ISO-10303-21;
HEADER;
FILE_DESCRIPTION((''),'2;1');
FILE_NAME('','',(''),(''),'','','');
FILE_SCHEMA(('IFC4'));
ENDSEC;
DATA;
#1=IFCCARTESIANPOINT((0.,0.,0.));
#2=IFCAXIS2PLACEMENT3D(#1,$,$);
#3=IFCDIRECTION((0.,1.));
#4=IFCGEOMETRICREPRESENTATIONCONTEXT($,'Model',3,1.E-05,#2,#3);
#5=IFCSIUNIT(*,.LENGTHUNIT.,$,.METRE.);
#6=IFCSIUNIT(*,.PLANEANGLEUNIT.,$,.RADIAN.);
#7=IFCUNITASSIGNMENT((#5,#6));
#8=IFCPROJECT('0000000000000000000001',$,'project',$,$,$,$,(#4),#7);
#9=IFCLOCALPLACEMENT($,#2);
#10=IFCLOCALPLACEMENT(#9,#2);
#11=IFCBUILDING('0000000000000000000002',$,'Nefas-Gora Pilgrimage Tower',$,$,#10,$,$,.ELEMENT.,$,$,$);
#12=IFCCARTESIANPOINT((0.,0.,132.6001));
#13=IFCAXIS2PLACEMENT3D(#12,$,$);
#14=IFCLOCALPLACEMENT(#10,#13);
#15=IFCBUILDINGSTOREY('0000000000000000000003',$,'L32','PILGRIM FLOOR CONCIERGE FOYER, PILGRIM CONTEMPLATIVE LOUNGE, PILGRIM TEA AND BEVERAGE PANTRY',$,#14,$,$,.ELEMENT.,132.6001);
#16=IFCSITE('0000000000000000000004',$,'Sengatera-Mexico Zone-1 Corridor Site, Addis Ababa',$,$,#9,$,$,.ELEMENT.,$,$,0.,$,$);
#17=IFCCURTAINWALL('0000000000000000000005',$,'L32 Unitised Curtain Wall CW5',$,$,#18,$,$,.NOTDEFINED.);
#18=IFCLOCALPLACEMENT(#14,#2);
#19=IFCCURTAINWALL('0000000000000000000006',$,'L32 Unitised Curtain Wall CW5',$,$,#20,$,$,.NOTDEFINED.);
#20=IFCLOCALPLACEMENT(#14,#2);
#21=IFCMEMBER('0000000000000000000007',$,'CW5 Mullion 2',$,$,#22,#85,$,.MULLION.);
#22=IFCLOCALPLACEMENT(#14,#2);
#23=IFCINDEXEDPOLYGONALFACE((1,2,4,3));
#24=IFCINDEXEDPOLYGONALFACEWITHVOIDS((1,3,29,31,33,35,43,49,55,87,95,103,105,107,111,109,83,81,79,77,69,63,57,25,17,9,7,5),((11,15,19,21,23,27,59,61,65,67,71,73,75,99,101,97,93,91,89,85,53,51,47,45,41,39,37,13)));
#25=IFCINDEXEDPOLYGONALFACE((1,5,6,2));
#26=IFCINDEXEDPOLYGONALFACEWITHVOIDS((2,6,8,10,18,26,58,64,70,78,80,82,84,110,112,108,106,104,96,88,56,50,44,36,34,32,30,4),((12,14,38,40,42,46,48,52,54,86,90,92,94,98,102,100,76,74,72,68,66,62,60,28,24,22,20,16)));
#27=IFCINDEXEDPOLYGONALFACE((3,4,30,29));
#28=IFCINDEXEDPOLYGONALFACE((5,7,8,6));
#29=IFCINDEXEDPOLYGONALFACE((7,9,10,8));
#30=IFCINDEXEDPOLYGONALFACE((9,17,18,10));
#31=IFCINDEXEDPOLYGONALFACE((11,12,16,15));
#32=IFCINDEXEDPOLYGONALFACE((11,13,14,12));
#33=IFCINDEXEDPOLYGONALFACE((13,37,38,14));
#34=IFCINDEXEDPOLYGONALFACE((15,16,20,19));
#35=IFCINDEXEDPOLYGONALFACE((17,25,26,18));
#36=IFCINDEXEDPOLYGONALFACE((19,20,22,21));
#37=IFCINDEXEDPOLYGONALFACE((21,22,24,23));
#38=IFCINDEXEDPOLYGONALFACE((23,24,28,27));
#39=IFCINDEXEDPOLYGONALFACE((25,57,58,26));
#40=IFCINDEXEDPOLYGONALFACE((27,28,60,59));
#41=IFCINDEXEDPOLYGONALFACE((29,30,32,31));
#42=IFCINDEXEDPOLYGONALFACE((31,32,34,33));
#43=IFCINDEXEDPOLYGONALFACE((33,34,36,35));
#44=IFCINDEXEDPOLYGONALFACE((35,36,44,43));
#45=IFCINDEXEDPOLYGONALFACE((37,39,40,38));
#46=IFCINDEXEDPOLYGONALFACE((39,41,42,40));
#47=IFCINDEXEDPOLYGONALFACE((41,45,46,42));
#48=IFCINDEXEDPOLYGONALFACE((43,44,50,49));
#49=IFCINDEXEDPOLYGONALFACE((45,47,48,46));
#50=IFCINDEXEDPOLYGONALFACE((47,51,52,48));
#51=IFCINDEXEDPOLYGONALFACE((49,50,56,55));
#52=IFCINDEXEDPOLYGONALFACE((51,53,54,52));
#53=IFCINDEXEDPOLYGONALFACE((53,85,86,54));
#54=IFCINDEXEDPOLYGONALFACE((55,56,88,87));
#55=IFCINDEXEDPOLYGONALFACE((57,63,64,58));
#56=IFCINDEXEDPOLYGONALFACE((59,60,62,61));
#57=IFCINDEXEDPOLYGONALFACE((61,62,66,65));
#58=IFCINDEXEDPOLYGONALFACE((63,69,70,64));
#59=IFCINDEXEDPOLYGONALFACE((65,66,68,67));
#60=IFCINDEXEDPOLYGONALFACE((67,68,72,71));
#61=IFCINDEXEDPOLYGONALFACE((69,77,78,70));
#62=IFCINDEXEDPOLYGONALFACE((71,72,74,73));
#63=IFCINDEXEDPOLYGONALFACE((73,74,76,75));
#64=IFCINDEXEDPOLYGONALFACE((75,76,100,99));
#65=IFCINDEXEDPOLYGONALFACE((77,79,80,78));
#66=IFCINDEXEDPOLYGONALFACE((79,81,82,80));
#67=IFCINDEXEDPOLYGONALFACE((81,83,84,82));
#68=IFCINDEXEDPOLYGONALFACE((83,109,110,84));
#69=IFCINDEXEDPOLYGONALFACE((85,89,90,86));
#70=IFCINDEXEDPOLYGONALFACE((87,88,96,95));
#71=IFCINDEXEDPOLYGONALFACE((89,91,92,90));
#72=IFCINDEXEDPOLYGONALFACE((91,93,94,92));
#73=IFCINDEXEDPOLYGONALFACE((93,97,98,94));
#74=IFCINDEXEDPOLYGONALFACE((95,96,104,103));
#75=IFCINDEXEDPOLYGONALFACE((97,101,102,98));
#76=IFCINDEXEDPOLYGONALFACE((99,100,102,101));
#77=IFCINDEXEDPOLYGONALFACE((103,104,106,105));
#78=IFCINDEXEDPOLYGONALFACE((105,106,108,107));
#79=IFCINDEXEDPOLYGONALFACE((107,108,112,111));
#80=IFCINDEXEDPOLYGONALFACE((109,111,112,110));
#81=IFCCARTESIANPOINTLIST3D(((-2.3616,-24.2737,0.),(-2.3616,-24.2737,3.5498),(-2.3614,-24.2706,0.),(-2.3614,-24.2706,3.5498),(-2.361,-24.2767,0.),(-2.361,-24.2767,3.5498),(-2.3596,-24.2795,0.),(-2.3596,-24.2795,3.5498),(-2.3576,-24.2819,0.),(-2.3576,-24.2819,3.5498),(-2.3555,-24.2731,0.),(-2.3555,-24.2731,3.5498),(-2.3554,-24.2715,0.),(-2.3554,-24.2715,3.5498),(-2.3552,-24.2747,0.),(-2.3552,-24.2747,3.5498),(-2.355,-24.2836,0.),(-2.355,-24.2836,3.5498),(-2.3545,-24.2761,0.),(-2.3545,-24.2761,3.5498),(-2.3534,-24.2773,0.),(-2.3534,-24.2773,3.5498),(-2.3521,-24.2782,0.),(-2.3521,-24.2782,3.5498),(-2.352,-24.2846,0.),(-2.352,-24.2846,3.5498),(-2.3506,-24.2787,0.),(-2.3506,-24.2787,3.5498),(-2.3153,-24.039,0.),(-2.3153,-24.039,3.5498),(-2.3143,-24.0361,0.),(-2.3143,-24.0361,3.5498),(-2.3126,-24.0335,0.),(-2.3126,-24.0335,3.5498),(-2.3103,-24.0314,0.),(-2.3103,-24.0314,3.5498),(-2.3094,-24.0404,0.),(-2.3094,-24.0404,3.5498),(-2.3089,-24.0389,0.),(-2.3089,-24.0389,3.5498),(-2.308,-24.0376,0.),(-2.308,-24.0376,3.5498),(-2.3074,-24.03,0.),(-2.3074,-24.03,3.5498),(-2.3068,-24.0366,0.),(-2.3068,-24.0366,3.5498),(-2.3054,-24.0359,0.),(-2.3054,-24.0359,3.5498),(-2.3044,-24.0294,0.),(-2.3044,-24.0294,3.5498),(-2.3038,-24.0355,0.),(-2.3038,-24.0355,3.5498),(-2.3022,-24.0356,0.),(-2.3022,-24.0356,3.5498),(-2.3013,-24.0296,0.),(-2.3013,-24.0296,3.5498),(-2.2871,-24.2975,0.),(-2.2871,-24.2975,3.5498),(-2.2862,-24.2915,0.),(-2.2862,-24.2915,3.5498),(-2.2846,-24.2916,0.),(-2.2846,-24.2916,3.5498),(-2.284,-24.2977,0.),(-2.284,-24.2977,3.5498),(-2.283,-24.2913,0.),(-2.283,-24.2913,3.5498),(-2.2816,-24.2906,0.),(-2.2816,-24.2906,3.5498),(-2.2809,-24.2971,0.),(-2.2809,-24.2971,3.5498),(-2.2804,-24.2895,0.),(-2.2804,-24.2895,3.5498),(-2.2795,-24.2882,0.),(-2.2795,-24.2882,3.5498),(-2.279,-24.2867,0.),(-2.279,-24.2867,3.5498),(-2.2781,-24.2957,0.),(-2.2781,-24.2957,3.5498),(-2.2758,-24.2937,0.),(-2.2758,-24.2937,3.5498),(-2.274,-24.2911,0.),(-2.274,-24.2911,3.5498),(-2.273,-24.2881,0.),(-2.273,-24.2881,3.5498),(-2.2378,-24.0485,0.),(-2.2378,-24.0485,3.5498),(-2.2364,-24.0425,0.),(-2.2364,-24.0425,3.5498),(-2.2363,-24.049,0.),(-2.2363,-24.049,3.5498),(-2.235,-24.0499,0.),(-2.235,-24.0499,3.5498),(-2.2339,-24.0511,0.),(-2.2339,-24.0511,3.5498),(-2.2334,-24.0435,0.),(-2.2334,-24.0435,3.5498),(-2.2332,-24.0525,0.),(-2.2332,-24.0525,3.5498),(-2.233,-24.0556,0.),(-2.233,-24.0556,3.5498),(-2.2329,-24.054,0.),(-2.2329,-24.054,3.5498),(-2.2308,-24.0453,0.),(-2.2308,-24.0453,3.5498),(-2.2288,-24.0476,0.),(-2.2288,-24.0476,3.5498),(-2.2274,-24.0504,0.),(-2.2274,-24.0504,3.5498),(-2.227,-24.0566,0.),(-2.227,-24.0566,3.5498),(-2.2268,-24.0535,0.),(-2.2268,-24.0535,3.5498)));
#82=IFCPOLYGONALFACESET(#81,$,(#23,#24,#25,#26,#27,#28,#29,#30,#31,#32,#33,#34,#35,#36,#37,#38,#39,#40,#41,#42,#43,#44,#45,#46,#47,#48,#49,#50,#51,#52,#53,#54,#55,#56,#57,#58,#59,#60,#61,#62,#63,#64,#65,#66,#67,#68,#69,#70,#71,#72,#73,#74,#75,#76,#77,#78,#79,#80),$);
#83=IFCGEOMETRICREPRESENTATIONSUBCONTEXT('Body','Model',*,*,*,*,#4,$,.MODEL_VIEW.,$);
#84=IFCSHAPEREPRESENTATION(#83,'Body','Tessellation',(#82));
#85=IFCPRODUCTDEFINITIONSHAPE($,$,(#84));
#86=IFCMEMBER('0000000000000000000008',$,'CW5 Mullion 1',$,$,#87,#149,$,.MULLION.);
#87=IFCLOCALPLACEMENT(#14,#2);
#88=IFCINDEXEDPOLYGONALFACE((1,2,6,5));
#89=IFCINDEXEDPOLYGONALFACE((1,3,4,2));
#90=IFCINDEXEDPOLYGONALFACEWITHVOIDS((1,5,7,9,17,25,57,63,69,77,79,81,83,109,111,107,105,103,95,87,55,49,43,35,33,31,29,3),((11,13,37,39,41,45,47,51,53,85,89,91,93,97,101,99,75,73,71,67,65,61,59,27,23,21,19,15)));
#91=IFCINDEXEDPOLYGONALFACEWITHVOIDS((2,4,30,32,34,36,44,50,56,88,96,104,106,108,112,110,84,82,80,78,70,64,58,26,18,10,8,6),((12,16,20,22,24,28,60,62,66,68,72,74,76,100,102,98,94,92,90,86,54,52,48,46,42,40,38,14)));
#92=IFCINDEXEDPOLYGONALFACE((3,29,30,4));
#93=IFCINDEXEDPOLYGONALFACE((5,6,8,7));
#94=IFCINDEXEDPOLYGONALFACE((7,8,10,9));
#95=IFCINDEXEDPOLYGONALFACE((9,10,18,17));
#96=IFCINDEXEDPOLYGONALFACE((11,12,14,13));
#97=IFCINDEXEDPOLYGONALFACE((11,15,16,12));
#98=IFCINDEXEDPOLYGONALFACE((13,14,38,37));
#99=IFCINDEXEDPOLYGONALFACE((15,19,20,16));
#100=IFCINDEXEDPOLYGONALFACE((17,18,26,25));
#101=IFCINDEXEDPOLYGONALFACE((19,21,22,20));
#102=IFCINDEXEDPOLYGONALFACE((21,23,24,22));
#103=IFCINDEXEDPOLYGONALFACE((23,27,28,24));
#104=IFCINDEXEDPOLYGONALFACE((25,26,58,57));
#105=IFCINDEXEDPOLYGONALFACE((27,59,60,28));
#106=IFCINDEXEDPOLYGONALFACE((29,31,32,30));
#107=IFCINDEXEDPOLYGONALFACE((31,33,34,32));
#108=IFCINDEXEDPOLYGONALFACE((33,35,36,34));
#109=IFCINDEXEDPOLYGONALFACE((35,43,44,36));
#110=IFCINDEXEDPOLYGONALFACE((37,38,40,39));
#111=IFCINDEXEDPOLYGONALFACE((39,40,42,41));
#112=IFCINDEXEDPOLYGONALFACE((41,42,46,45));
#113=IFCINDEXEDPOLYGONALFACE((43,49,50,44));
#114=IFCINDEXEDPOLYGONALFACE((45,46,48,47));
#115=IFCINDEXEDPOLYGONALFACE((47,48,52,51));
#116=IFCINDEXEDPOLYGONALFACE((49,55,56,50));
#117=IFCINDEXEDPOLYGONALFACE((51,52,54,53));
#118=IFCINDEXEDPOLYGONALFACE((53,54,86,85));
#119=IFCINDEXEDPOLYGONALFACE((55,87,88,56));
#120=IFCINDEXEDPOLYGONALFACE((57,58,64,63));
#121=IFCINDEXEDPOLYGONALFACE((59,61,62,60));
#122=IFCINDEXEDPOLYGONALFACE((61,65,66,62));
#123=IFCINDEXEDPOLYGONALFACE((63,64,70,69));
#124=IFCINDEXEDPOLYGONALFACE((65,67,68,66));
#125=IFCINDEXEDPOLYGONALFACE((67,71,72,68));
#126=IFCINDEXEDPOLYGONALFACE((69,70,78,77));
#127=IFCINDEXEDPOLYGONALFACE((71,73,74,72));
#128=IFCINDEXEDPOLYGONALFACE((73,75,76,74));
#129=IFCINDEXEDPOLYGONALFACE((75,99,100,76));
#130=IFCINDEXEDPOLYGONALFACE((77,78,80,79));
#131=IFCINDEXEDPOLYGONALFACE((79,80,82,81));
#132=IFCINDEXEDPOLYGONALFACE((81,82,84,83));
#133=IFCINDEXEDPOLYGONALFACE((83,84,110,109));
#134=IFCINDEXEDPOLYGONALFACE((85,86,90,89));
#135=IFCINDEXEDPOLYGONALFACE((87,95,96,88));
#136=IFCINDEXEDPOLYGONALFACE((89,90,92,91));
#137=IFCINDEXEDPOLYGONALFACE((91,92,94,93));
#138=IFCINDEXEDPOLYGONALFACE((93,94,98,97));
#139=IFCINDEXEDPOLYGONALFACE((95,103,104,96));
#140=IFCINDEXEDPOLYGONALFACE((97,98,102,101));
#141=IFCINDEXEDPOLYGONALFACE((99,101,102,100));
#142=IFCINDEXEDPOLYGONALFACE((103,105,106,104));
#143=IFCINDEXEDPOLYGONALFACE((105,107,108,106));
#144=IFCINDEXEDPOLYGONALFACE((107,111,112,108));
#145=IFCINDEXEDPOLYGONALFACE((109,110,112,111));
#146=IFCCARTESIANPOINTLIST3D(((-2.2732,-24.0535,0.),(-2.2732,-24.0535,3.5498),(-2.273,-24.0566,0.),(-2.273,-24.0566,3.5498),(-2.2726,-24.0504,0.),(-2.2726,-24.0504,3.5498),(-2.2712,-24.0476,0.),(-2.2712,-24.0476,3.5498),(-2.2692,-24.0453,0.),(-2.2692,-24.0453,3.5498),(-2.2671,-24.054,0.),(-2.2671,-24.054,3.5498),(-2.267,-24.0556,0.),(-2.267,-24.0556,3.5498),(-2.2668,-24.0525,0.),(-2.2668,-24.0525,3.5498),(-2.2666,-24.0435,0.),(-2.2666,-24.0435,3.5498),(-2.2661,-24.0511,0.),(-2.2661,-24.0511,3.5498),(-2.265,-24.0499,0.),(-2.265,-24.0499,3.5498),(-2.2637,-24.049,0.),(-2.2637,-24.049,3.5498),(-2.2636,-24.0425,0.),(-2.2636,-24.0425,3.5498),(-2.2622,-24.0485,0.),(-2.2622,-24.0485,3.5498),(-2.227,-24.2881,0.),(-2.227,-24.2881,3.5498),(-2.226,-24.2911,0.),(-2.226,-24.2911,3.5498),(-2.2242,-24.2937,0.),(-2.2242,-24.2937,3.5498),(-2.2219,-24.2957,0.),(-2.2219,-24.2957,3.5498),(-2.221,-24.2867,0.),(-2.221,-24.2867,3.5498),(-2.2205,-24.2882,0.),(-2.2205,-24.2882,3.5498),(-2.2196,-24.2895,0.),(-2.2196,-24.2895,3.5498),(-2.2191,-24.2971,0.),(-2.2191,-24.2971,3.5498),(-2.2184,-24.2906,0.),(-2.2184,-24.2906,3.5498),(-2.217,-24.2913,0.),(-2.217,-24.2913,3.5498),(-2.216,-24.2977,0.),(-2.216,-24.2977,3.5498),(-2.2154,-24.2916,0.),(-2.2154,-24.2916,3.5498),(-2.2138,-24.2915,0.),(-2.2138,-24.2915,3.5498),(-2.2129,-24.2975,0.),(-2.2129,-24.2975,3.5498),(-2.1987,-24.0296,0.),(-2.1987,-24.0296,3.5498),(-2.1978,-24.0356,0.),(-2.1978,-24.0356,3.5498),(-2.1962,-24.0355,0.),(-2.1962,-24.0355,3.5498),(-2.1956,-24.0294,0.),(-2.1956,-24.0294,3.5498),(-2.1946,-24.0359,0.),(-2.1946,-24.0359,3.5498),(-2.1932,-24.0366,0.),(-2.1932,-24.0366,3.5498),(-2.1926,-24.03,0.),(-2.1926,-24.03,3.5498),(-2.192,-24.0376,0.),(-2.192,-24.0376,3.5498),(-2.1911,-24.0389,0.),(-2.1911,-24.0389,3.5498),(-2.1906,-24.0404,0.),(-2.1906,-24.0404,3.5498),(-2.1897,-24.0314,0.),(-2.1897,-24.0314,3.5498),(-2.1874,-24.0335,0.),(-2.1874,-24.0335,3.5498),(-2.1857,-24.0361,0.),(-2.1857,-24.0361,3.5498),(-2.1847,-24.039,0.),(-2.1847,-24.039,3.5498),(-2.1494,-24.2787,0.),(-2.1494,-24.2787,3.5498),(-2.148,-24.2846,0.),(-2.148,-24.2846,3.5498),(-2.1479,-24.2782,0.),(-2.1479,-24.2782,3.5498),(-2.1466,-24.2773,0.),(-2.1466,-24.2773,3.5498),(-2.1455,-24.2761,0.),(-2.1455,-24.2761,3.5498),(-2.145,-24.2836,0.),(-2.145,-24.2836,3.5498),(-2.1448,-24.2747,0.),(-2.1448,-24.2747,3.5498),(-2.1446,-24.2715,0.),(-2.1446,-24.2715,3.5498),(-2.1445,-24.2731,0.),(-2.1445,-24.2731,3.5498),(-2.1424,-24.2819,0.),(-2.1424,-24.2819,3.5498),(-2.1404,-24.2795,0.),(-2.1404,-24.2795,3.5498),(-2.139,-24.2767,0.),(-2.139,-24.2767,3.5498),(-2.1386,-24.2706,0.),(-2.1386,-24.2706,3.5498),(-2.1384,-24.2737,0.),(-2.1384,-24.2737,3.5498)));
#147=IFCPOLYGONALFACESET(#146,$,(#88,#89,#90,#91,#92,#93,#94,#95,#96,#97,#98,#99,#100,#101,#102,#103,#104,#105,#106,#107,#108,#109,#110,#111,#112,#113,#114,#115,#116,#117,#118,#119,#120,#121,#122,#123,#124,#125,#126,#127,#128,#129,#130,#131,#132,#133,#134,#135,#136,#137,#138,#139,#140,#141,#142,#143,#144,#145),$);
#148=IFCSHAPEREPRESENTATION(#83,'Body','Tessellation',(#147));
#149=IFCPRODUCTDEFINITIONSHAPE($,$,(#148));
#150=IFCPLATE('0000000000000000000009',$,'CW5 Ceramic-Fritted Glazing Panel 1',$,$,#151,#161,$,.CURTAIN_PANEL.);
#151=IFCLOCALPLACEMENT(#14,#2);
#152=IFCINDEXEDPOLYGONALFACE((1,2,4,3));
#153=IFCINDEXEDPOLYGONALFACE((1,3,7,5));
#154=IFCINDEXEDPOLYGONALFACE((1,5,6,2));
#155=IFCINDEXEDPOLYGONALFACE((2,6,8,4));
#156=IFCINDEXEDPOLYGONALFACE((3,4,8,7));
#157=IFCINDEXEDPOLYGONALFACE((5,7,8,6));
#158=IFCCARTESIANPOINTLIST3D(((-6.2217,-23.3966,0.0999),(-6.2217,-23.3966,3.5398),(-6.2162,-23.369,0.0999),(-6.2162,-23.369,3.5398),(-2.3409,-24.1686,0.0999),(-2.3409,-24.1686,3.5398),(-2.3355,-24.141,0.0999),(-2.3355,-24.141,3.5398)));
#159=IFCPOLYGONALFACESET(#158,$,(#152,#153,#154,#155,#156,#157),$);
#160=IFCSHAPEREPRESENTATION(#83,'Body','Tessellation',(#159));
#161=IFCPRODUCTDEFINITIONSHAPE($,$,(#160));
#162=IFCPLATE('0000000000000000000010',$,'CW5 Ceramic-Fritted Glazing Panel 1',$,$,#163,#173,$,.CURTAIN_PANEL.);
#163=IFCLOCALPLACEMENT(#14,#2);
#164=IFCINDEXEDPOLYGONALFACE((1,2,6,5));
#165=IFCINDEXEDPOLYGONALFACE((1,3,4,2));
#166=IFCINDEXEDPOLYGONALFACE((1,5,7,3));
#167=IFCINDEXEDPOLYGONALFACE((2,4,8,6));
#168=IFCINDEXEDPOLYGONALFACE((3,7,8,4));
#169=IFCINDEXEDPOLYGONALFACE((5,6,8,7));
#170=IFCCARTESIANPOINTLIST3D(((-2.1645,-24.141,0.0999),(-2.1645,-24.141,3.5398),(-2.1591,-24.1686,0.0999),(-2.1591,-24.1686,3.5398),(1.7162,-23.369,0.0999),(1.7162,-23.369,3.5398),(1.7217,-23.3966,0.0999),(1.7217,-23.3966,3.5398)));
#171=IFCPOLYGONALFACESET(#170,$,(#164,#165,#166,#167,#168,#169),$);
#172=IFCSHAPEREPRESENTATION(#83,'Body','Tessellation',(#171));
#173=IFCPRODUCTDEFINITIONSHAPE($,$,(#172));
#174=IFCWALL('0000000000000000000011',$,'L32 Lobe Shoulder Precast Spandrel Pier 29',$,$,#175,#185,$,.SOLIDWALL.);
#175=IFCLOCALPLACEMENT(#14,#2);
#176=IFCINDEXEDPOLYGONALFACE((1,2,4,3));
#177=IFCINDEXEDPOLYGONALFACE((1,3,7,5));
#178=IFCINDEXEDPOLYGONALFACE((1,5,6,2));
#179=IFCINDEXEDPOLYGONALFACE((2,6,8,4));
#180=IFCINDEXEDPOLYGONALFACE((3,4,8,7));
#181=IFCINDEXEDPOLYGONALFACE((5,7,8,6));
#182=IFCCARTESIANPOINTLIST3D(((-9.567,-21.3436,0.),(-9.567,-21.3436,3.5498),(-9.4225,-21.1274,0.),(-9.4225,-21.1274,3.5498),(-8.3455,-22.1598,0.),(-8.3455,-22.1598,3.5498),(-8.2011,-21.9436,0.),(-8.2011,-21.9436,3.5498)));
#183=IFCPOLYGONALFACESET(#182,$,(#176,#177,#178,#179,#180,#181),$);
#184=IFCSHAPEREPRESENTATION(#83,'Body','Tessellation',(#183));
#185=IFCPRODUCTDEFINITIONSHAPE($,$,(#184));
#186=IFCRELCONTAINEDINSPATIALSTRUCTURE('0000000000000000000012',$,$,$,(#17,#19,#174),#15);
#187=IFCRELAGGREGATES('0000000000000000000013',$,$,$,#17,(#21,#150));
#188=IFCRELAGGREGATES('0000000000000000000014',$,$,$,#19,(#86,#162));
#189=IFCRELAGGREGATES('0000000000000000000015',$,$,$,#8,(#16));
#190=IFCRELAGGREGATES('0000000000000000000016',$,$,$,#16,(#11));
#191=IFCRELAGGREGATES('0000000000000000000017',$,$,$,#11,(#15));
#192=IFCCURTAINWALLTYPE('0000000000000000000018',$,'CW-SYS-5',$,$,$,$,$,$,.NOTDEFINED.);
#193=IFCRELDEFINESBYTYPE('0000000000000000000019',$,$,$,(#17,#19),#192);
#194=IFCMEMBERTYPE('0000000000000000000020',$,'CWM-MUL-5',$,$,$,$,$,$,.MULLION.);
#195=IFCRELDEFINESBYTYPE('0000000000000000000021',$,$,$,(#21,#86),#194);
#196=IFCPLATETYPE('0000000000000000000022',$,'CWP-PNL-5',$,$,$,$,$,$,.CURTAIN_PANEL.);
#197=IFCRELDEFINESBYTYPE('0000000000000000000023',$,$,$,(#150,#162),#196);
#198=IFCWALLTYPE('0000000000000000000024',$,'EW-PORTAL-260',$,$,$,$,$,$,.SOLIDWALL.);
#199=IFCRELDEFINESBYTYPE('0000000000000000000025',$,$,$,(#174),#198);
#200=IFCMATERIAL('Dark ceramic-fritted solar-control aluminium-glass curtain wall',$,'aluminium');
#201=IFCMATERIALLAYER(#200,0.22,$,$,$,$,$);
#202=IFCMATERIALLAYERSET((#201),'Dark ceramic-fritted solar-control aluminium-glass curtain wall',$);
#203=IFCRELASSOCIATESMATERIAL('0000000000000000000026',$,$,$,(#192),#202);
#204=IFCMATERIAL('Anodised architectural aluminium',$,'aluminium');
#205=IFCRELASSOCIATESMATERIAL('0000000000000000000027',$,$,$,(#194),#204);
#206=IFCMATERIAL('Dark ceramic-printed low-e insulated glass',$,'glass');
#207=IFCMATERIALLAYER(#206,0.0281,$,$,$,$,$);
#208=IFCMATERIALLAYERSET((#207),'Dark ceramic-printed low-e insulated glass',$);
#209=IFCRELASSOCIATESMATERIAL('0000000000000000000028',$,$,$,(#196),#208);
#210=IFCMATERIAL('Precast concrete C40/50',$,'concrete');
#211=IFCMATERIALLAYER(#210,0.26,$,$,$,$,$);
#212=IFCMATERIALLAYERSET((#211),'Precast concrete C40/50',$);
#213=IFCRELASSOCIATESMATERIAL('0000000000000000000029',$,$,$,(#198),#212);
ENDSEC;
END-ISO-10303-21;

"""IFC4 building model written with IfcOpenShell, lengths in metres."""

from ifc_helpers import new_model, si_unit, direction, frame, frame_2d, origin, origin_2d, place, context, subcontext, project, spatial, rectangle, hollow_rectangle, extrude, source, transform, mapped, material, layer, layer_set, material_profile, profile_set, type_object, element, aggregate, save


model = new_model("IFC4")

# Units and contexts
model_context = context("Model", 3, precision=1e-05, world=origin(), true_north=direction((0.0, 1.0)))
body_context = subcontext(model_context, "Body", "Model", "MODEL_VIEW")
ifc_project = project(units=[si_unit("LENGTHUNIT", "METRE"), si_unit("PLANEANGLEUNIT", "RADIAN")], contexts=[model_context])

# Site, building, storey
site_placement = place(None, origin())
site = spatial("IfcSite", under=ifc_project, at=site_placement, Name="Sengatera-Mexico Zone-1 Corridor Site, Addis Ababa", CompositionType="ELEMENT", RefElevation=0.0)
building_placement = place(site_placement, origin())
building = spatial("IfcBuilding", under=site, at=building_placement, Name="Nefas-Gora Pilgrimage Tower", CompositionType="ELEMENT")
storey_placement = place(building_placement, frame((0.0, 0.0, 132.6001)))
storey = spatial("IfcBuildingStorey", under=building, at=storey_placement, Name="L32", Description="PILGRIM FLOOR CONCIERGE FOYER, PILGRIM CONTEMPLATIVE LOUNGE, PILGRIM TEA AND BEVERAGE PANTRY", CompositionType="ELEMENT", Elevation=132.6001)

# Curtain walls
ifc_material_1 = material(Name="Dark ceramic-fritted solar-control aluminium-glass curtain wall", Category="aluminium")
ifc_layer_1 = layer(ifc_material_1, 0.22)
ifc_layer_set_1 = layer_set([ifc_layer_1], Name="Dark ceramic-fritted solar-control aluminium-glass curtain wall")
curtain_wall_type = type_object("IfcCurtainWallType", Name="CW-SYS-5", PredefinedType="NOTDEFINED", material=ifc_layer_set_1)
curtain_wall_1_placement = place(storey_placement, origin())
curtain_wall_1 = element("IfcCurtainWall", 1, at=curtain_wall_1_placement, inside=storey, type_object=curtain_wall_type, Name="L32 Unitised Curtain Wall CW5", PredefinedType="NOTDEFINED")
ifc_material_2 = material(Name="Anodised architectural aluminium", Category="aluminium")
curtain_wall_2_placement = place(storey_placement, origin())
curtain_wall_2 = element("IfcCurtainWall", 2, at=curtain_wall_2_placement, inside=storey, type_object=curtain_wall_type, Name="L32 Unitised Curtain Wall CW5", PredefinedType="NOTDEFINED")
ifc_material_profile_1 = material_profile(ifc_material_2, hollow_rectangle(XDim=0.0901, YDim=0.26, WallThickness=0.0061, InnerFilletRadius=0.0061, OuterFilletRadius=0.012, at=origin_2d()), Name="ALU MULLION 90x260")
ifc_profile_set_1 = profile_set([ifc_material_profile_1], Name="Anodised architectural aluminium")
member_type_1 = type_object("IfcMemberType", Name="CWM-MUL-5", PredefinedType="MULLION", material=ifc_profile_set_1)
shared_shape_1 = source(origin(), body_context, "Body", "SweptSolid", [
    extrude(hollow_rectangle(XDim=0.0901, YDim=0.26, WallThickness=0.0061, InnerFilletRadius=0.0061, OuterFilletRadius=0.012, at=origin_2d()), origin(), (0.0, 0.0, 1.0), 3.5498),
])

# Members
member_1_placement = place(storey_placement, frame((-2.2942, -24.1636, 0.0), z_axis=(0.0, 0.0, 1.0), x_axis=(0.980783, -0.195102, 0.0)))
member_1 = element("IfcMember", 3, at=member_1_placement, type_object=member_type_1, Name="CW5 Mullion 2", PredefinedType="MULLION", context=body_context, shape_type="MappedRepresentation", body=[
    mapped(shared_shape_1, transform((0.0, 0.0, 0.0), x_axis=(1.0, 0.0, 0.0), y_axis=(0.0, 1.0, 0.0), z_axis=(0.0, 0.0, 1.0), scale=1.0)),
])
member_2_placement = place(storey_placement, frame((-2.2058, -24.1636, 0.0), z_axis=(0.0, 0.0, 1.0), x_axis=(0.980783, 0.195102, 0.0)))
member_2 = element("IfcMember", 4, at=member_2_placement, type_object=member_type_1, Name="CW5 Mullion 1", PredefinedType="MULLION", context=body_context, shape_type="MappedRepresentation", body=[
    mapped(shared_shape_1, transform((0.0, 0.0, 0.0), x_axis=(1.0, 0.0, 0.0), y_axis=(0.0, 1.0, 0.0), z_axis=(0.0, 0.0, 1.0), scale=1.0)),
])

# Plates
ifc_material_3 = material(Name="Dark ceramic-printed low-e insulated glass", Category="glass")
ifc_layer_2 = layer(ifc_material_3, 0.0281)
ifc_layer_set_2 = layer_set([ifc_layer_2], Name="Dark ceramic-printed low-e insulated glass")
plate_type = type_object("IfcPlateType", Name="CWP-PNL-5", PredefinedType="CURTAIN_PANEL", material=ifc_layer_set_2)
shared_shape_2 = source(origin(), body_context, "Body", "SweptSolid", [
    extrude(rectangle(XDim=3.9568, YDim=0.0281, at=origin_2d()), origin(), (0.0, 0.0, 1.0), 3.4399),
])
plate_1_placement = place(storey_placement, frame((-4.2786, -23.7688, 0.0999), z_axis=(0.0, 0.0, 1.0), x_axis=(0.980783, -0.195102, 0.0)))
plate_1 = element("IfcPlate", 5, at=plate_1_placement, type_object=plate_type, Name="CW5 Ceramic-Fritted Glazing Panel 1", PredefinedType="CURTAIN_PANEL", context=body_context, shape_type="MappedRepresentation", body=[
    mapped(shared_shape_2, transform((0.0, 0.0, 0.0), x_axis=(1.0, 0.0, 0.0), y_axis=(0.0, 1.0, 0.0), z_axis=(0.0, 0.0, 1.0), scale=1.0)),
])
aggregate(curtain_wall_1, [member_1, plate_1])
plate_2_placement = place(storey_placement, frame((-0.2214, -23.7688, 0.0999), z_axis=(0.0, 0.0, 1.0), x_axis=(0.980783, 0.195102, 0.0)))
plate_2 = element("IfcPlate", 6, at=plate_2_placement, type_object=plate_type, Name="CW5 Ceramic-Fritted Glazing Panel 1", PredefinedType="CURTAIN_PANEL", context=body_context, shape_type="MappedRepresentation", body=[
    mapped(shared_shape_2, transform((0.0, 0.0, 0.0), x_axis=(1.0, 0.0, 0.0), y_axis=(0.0, 1.0, 0.0), z_axis=(0.0, 0.0, 1.0), scale=1.0)),
])
aggregate(curtain_wall_2, [member_2, plate_2])

# Wall
ifc_material_4 = material(Name="Precast concrete C40/50", Category="concrete")
ifc_layer_3 = layer(ifc_material_4, 0.26)
ifc_layer_set_3 = layer_set([ifc_layer_3], Name="Precast concrete C40/50")
wall_type_1 = type_object("IfcWallType", Name="EW-PORTAL-260", PredefinedType="SOLIDWALL", material=ifc_layer_set_3)
shared_shape_3 = source(origin(), body_context, "Body", "SweptSolid", [
    extrude(rectangle(XDim=1.469, YDim=0.26, at=frame_2d((0.7344, 0.0))), origin(), (0.0, 0.0, 1.0), 3.5498),
])
wall_1_placement = place(storey_placement, frame((-9.4946, -21.2356, 0.0), z_axis=(0.0, 0.0, 1.0), x_axis=(0.831462, -0.555582, 0.0)))
element("IfcWall", 7, at=wall_1_placement, inside=storey, type_object=wall_type_1, Name="L32 Lobe Shoulder Precast Spandrel Pier 29", PredefinedType="SOLIDWALL", context=body_context, shape_type="MappedRepresentation", body=[
    mapped(shared_shape_3, transform((0.0, 0.0, 0.0), x_axis=(1.0, 0.0, 0.0), y_axis=(0.0, 1.0, 0.0), z_axis=(0.0, 0.0, 1.0), scale=1.0)),
])

save(model, "model.ifc")
